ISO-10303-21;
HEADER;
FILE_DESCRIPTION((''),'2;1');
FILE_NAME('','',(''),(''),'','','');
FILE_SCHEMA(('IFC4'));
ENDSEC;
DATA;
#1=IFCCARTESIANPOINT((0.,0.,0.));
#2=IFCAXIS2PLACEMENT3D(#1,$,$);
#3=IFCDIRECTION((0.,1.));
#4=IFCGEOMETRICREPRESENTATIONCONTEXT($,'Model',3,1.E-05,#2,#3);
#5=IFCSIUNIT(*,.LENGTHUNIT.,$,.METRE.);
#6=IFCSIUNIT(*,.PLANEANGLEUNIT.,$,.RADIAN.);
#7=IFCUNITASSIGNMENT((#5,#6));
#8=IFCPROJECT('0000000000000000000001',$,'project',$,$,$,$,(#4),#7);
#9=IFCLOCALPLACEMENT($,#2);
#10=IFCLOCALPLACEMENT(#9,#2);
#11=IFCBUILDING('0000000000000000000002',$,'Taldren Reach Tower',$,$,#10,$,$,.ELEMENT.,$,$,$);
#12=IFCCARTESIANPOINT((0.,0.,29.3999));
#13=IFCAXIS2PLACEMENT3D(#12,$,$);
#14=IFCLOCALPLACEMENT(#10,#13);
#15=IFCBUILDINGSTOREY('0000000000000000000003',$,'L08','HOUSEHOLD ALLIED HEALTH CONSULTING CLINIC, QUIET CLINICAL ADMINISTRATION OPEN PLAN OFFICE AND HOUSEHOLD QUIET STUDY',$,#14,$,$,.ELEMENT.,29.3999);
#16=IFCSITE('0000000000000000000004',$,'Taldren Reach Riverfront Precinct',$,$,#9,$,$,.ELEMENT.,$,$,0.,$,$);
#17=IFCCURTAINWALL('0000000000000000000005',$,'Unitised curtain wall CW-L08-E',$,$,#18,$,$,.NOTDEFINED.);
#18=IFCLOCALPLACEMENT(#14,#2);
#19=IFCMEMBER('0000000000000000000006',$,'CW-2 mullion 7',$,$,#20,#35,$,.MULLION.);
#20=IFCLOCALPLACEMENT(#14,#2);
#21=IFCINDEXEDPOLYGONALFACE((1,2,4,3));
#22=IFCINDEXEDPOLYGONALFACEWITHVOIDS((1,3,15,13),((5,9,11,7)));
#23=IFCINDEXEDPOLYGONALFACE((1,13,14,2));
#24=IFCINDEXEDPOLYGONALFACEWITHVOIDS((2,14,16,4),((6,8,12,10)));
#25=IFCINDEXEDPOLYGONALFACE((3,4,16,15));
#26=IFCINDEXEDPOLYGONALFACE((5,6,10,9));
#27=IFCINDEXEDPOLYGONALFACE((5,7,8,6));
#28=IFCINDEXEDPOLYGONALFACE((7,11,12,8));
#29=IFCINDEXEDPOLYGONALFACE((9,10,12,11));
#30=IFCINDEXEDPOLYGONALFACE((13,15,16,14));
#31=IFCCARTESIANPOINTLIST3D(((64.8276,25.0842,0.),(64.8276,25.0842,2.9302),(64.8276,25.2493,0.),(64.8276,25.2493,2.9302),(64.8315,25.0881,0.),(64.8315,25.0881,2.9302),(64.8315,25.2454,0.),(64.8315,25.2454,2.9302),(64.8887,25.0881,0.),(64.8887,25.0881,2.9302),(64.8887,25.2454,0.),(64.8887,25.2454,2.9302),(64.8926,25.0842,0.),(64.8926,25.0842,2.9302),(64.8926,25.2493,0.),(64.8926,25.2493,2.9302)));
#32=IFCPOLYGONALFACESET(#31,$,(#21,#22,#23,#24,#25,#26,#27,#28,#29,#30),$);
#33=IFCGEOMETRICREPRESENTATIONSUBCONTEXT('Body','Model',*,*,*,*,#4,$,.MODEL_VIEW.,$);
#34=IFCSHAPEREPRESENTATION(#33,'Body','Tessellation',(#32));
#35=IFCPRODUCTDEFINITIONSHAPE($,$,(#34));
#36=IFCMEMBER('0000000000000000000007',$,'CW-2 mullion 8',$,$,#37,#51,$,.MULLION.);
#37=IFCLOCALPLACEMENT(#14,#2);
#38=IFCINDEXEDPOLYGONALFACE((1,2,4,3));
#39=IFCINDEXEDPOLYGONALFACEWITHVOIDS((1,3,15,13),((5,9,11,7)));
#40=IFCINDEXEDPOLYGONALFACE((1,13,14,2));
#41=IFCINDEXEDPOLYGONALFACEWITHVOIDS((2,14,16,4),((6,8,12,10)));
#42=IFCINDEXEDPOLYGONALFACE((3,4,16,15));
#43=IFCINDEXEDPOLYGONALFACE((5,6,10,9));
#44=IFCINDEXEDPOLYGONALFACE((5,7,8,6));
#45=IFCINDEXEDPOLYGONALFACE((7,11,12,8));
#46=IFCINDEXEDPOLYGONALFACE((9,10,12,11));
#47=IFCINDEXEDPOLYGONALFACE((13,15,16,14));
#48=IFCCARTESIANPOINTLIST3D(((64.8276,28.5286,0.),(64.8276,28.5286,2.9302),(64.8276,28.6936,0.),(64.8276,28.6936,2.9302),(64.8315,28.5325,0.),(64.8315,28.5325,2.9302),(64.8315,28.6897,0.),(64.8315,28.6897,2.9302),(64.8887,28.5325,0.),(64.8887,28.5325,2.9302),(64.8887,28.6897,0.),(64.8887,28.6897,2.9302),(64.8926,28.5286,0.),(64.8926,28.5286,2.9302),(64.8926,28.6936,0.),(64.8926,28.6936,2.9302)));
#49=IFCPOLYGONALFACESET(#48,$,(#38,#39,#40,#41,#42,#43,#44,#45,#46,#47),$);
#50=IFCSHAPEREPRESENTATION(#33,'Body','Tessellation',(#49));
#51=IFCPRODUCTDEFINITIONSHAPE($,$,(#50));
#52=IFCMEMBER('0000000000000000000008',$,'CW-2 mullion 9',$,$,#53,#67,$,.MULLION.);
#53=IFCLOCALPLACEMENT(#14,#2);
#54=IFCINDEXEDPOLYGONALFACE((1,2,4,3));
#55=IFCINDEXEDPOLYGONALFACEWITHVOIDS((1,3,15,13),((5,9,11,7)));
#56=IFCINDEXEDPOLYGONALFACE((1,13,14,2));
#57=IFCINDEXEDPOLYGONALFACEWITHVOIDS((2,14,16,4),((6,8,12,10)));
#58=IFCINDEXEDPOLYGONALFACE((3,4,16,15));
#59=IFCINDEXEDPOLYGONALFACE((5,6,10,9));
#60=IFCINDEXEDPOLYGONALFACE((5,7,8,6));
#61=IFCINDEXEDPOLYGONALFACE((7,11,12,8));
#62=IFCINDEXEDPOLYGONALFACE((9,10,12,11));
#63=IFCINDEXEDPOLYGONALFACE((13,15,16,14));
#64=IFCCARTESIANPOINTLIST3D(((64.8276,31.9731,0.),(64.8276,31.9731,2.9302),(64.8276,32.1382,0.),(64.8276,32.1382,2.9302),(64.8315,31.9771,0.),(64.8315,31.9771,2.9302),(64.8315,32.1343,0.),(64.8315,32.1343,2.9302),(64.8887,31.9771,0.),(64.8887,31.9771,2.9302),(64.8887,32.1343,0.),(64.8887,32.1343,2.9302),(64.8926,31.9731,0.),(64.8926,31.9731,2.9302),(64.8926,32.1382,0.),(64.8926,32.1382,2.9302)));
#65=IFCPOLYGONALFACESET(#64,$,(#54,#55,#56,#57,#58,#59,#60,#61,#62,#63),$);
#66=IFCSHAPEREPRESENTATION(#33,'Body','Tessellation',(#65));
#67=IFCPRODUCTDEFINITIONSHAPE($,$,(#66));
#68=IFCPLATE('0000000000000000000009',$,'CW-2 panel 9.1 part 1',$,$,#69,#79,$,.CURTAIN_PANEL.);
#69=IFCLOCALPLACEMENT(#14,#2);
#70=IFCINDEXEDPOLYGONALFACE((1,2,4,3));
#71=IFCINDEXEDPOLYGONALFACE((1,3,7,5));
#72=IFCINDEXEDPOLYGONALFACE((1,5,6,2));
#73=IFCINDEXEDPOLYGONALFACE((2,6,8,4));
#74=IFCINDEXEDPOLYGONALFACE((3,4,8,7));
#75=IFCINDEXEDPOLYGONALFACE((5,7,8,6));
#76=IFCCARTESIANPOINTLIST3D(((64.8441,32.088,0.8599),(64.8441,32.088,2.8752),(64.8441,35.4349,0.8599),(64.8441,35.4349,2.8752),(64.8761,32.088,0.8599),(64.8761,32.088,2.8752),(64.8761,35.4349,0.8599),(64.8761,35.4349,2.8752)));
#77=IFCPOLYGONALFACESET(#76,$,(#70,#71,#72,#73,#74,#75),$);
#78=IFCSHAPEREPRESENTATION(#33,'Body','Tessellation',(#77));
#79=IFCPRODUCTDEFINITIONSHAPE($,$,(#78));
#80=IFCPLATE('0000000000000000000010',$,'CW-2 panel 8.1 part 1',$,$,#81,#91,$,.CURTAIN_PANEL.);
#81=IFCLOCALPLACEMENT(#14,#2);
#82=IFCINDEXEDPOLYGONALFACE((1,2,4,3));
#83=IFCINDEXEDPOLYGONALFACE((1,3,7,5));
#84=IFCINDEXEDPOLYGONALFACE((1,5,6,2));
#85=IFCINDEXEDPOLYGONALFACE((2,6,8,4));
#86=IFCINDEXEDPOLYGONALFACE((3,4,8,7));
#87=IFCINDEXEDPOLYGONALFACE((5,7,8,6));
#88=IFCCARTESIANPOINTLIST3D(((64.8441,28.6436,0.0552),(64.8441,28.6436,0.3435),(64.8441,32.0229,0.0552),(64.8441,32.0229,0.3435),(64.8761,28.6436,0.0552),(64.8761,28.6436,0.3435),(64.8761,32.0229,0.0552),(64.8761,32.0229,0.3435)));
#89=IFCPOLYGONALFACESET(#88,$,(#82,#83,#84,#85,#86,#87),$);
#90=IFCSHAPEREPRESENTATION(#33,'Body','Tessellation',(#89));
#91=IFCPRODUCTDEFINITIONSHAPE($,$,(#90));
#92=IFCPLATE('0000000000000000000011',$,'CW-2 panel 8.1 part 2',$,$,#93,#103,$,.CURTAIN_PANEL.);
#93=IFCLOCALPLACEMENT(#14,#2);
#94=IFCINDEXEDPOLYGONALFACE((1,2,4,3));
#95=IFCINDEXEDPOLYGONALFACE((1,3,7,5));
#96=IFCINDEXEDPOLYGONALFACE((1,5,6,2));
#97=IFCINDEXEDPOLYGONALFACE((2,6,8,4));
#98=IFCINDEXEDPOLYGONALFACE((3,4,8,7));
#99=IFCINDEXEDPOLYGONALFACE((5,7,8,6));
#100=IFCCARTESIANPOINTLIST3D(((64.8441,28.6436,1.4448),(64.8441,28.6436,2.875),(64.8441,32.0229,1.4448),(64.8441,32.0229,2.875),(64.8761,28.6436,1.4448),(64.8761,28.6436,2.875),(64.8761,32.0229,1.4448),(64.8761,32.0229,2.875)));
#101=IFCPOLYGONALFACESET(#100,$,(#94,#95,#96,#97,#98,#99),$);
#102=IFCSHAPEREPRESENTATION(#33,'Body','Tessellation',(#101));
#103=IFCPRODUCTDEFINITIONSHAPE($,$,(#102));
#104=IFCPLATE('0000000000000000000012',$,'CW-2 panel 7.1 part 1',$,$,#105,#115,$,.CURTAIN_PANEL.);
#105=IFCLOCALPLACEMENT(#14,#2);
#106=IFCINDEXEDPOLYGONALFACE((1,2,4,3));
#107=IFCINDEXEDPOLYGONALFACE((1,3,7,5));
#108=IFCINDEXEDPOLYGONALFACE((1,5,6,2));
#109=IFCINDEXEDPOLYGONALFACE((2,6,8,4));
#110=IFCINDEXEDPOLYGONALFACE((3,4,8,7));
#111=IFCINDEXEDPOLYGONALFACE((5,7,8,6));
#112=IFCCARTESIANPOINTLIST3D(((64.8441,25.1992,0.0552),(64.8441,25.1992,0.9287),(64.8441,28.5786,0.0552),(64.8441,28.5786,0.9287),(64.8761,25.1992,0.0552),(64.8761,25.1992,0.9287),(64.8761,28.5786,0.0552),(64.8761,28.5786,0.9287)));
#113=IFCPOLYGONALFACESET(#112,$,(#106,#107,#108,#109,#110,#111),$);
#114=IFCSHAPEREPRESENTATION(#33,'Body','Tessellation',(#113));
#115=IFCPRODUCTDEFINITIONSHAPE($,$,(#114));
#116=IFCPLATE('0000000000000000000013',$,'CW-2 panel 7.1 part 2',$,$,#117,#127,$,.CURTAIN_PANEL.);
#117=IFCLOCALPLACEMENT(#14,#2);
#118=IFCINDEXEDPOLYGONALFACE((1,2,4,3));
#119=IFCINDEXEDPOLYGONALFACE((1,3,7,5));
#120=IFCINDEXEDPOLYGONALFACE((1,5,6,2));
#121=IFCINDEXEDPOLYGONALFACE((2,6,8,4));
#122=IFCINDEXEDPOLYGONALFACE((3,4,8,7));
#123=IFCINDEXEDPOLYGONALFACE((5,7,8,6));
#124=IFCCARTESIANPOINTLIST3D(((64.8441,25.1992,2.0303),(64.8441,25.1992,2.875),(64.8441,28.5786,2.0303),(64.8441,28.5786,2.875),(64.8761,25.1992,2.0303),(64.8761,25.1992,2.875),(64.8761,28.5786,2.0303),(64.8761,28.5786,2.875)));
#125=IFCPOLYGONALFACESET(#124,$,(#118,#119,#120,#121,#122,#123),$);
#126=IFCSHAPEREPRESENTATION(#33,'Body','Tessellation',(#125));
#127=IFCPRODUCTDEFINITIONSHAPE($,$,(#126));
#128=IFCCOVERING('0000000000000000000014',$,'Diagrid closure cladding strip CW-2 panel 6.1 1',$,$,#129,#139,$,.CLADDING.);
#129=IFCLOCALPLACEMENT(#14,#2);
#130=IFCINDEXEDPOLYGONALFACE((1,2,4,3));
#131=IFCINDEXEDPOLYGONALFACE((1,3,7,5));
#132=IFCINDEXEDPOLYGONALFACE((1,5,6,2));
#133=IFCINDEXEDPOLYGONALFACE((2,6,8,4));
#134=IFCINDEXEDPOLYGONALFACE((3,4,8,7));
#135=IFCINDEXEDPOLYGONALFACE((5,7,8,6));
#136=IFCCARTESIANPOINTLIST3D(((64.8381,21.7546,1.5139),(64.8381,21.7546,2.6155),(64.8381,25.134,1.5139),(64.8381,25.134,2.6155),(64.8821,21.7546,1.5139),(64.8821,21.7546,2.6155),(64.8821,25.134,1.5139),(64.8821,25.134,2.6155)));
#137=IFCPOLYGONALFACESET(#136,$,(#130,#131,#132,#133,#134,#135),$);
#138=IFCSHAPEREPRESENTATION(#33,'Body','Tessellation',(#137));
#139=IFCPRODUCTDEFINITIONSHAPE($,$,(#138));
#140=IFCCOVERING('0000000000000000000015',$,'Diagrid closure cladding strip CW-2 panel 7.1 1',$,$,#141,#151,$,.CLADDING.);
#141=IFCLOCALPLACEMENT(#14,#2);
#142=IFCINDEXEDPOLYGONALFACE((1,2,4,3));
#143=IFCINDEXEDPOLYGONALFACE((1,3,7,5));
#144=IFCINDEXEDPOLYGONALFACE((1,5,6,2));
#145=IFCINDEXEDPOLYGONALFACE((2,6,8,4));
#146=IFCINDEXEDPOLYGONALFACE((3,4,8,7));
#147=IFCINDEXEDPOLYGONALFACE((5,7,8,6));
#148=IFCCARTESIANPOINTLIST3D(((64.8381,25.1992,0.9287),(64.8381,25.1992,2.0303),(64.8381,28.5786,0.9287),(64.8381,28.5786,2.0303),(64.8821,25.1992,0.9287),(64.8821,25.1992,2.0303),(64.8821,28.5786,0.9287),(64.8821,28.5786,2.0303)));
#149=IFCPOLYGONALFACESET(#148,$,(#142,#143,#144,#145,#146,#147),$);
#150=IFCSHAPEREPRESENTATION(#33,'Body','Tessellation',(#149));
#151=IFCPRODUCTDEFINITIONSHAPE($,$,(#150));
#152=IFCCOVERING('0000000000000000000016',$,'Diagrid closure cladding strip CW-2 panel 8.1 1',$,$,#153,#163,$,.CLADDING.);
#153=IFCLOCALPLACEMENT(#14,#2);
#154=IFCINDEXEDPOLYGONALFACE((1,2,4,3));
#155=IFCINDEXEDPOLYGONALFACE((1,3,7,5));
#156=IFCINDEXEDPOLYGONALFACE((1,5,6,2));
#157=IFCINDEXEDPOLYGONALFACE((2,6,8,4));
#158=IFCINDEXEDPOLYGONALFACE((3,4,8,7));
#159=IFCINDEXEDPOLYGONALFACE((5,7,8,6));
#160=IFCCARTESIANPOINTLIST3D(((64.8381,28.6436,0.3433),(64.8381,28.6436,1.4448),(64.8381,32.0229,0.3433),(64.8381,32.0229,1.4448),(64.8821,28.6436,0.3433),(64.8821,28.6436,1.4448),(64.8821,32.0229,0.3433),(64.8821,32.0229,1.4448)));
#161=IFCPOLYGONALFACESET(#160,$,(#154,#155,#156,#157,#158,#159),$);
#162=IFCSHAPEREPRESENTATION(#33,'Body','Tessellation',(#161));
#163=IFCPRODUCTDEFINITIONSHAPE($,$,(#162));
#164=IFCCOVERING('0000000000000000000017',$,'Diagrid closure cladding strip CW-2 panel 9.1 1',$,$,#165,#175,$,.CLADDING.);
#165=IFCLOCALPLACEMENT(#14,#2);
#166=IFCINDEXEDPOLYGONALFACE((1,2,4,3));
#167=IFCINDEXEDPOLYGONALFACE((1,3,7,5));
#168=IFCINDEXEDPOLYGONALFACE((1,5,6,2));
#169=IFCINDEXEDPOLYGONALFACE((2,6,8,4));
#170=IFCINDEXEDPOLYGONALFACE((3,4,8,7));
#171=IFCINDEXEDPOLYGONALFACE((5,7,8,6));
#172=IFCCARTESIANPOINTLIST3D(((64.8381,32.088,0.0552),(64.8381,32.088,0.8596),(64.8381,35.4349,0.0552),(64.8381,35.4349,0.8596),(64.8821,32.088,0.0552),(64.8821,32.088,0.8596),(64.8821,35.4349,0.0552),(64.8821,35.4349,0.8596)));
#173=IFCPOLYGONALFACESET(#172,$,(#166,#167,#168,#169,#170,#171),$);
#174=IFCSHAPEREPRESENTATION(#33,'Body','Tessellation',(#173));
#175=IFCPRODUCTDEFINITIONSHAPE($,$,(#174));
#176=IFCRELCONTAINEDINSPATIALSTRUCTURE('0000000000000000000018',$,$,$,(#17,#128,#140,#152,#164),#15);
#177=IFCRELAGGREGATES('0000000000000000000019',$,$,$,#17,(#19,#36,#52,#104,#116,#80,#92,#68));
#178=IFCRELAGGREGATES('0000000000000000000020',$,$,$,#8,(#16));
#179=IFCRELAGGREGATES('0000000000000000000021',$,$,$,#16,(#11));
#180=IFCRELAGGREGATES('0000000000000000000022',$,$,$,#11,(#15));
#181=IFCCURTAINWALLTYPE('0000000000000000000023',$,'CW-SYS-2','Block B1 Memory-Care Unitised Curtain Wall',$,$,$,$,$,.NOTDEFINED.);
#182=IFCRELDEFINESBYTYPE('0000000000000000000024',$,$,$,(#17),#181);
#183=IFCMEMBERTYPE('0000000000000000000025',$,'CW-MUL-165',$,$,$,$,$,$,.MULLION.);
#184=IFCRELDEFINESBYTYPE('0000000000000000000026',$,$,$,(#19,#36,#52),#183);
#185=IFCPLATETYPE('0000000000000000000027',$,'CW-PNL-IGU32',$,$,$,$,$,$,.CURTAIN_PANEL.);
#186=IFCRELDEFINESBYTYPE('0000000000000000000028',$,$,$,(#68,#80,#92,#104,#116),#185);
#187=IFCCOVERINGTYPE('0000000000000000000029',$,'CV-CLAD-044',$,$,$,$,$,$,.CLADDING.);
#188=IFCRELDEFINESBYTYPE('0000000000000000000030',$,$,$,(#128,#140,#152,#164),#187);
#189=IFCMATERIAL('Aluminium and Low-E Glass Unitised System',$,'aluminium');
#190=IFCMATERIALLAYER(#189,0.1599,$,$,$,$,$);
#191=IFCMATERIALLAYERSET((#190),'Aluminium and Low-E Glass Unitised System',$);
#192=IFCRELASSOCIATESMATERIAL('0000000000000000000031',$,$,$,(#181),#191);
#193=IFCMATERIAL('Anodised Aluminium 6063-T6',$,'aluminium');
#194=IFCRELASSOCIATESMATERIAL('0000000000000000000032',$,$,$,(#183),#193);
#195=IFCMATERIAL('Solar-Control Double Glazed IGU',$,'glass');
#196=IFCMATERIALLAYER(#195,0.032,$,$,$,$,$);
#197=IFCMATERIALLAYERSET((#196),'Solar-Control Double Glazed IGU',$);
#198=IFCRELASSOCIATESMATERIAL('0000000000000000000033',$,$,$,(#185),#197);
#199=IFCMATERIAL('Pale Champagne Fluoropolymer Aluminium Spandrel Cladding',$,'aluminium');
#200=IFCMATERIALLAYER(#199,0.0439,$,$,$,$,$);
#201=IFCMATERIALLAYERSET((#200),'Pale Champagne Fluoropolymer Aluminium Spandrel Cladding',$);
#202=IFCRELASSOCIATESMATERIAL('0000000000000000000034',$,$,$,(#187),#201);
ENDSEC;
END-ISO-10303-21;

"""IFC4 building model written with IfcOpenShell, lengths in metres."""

from ifc_helpers import new_model, si_unit, direction, frame, origin, origin_2d, place, context, subcontext, project, spatial, rectangle, hollow_rectangle, extrude, source, transform, mapped, material, layer, layer_set, material_profile, profile_set, type_object, element, aggregate, save


model = new_model("IFC4")

# Units and contexts
model_context = context("Model", 3, precision=1e-05, world=origin(), true_north=direction((0.0, 1.0)))
body_context = subcontext(model_context, "Body", "Model", "MODEL_VIEW")
ifc_project = project(units=[si_unit("LENGTHUNIT", "METRE"), si_unit("PLANEANGLEUNIT", "RADIAN")], contexts=[model_context])

# Site, building, storey
site_placement = place(None, origin())
site = spatial("IfcSite", under=ifc_project, at=site_placement, Name="Taldren Reach Riverfront Precinct", CompositionType="ELEMENT", RefElevation=0.0)
building_placement = place(site_placement, origin())
building = spatial("IfcBuilding", under=site, at=building_placement, Name="Taldren Reach Tower", CompositionType="ELEMENT")
storey_placement = place(building_placement, frame((0.0, 0.0, 29.3999)))
storey = spatial("IfcBuildingStorey", under=building, at=storey_placement, Name="L08", Description="HOUSEHOLD ALLIED HEALTH CONSULTING CLINIC, QUIET CLINICAL ADMINISTRATION OPEN PLAN OFFICE AND HOUSEHOLD QUIET STUDY", CompositionType="ELEMENT", Elevation=29.3999)

# Curtain wall, members, plates
ifc_material_1 = material(Name="Aluminium and Low-E Glass Unitised System", Category="aluminium")
ifc_layer_1 = layer(ifc_material_1, 0.1599)
ifc_layer_set_1 = layer_set([ifc_layer_1], Name="Aluminium and Low-E Glass Unitised System")
curtain_wall_type = type_object("IfcCurtainWallType", Name="CW-SYS-2", Description="Block B1 Memory-Care Unitised Curtain Wall", PredefinedType="NOTDEFINED", material=ifc_layer_set_1)
curtain_wall_placement = place(storey_placement, origin())
curtain_wall = element("IfcCurtainWall", 1, at=curtain_wall_placement, inside=storey, type_object=curtain_wall_type, Name="Unitised curtain wall CW-L08-E", PredefinedType="NOTDEFINED")
ifc_material_2 = material(Name="Anodised Aluminium 6063-T6", Category="aluminium")
ifc_material_profile_1 = material_profile(ifc_material_2, hollow_rectangle(XDim=0.0649, YDim=0.165, WallThickness=0.0039, at=origin_2d()), Name="ALU-165x65x4RHS")
ifc_profile_set_1 = profile_set([ifc_material_profile_1], Name="Anodised Aluminium 6063-T6")
member_type_1 = type_object("IfcMemberType", Name="CW-MUL-165", PredefinedType="MULLION", material=ifc_profile_set_1)
shared_shape_1 = source(origin(), body_context, "Body", "SweptSolid", [
    extrude(hollow_rectangle(XDim=0.0649, YDim=0.165, WallThickness=0.0039, at=origin_2d()), origin(), (0.0, 0.0, 1.0), 2.9302),
])
member_1_placement = place(storey_placement, frame((64.8601, 25.1667, 0.0), z_axis=(0.0, 0.0, 1.0), x_axis=(-1.0, 0.0, 0.0)))
member_1 = element("IfcMember", 2, at=member_1_placement, type_object=member_type_1, Name="CW-2 mullion 7", PredefinedType="MULLION", context=body_context, shape_type="MappedRepresentation", body=[
    mapped(shared_shape_1, transform((0.0, 0.0, 0.0), scale=1.0)),
])
member_2_placement = place(storey_placement, frame((64.8601, 28.6111, 0.0), z_axis=(0.0, 0.0, 1.0), x_axis=(-1.0, 0.0, 0.0)))
member_2 = element("IfcMember", 3, at=member_2_placement, type_object=member_type_1, Name="CW-2 mullion 8", PredefinedType="MULLION", context=body_context, shape_type="MappedRepresentation", body=[
    mapped(shared_shape_1, transform((0.0, 0.0, 0.0), scale=1.0)),
])
member_3_placement = place(storey_placement, frame((64.8601, 32.0557, 0.0), z_axis=(0.0, 0.0, 1.0), x_axis=(-1.0, 0.0, 0.0)))
member_3 = element("IfcMember", 4, at=member_3_placement, type_object=member_type_1, Name="CW-2 mullion 9", PredefinedType="MULLION", context=body_context, shape_type="MappedRepresentation", body=[
    mapped(shared_shape_1, transform((0.0, 0.0, 0.0), scale=1.0)),
])
ifc_material_3 = material(Name="Solar-Control Double Glazed IGU", Category="glass")
ifc_layer_2 = layer(ifc_material_3, 0.032)
ifc_layer_set_2 = layer_set([ifc_layer_2], Name="Solar-Control Double Glazed IGU")
plate_type = type_object("IfcPlateType", Name="CW-PNL-IGU32", PredefinedType="CURTAIN_PANEL", material=ifc_layer_set_2)
shared_shape_2 = source(origin(), body_context, "Body", "SweptSolid", [
    extrude(rectangle(XDim=3.3469, YDim=0.032, at=origin_2d()), origin(), (0.0, 0.0, 1.0), 2.0154),
])
plate_1_placement = place(storey_placement, frame((64.8601, 33.7615, 0.8599), z_axis=(0.0, 0.0, 1.0), x_axis=(0.0, 1.0, 0.0)))
plate_1 = element("IfcPlate", 5, at=plate_1_placement, type_object=plate_type, Name="CW-2 panel 9.1 part 1", PredefinedType="CURTAIN_PANEL", context=body_context, shape_type="MappedRepresentation", body=[
    mapped(shared_shape_2, transform((0.0, 0.0, 0.0), scale=1.0)),
])
shared_shape_3 = source(origin(), body_context, "Body", "SweptSolid", [
    extrude(rectangle(XDim=3.3794, YDim=0.032, at=origin_2d()), origin(), (0.0, 0.0, 1.0), 0.2883),
])
plate_2_placement = place(storey_placement, frame((64.8601, 30.3333, 0.0552), z_axis=(0.0, 0.0, 1.0), x_axis=(0.0, 1.0, 0.0)))
plate_2 = element("IfcPlate", 6, at=plate_2_placement, type_object=plate_type, Name="CW-2 panel 8.1 part 1", PredefinedType="CURTAIN_PANEL", context=body_context, shape_type="MappedRepresentation", body=[
    mapped(shared_shape_3, transform((0.0, 0.0, 0.0), scale=1.0)),
])
shared_shape_4 = source(origin(), body_context, "Body", "SweptSolid", [
    extrude(rectangle(XDim=3.3794, YDim=0.032, at=origin_2d()), origin(), (0.0, 0.0, 1.0), 1.4302),
])
plate_3_placement = place(storey_placement, frame((64.8601, 30.3333, 1.4448), z_axis=(0.0, 0.0, 1.0), x_axis=(0.0, 1.0, 0.0)))
plate_3 = element("IfcPlate", 7, at=plate_3_placement, type_object=plate_type, Name="CW-2 panel 8.1 part 2", PredefinedType="CURTAIN_PANEL", context=body_context, shape_type="MappedRepresentation", body=[
    mapped(shared_shape_4, transform((0.0, 0.0, 0.0), scale=1.0)),
])
shared_shape_5 = source(origin(), body_context, "Body", "SweptSolid", [
    extrude(rectangle(XDim=3.3794, YDim=0.032, at=origin_2d()), origin(), (0.0, 0.0, 1.0), 0.8735),
])
plate_4_placement = place(storey_placement, frame((64.8601, 26.8889, 0.0552), z_axis=(0.0, 0.0, 1.0), x_axis=(0.0, 1.0, 0.0)))
plate_4 = element("IfcPlate", 8, at=plate_4_placement, type_object=plate_type, Name="CW-2 panel 7.1 part 1", PredefinedType="CURTAIN_PANEL", context=body_context, shape_type="MappedRepresentation", body=[
    mapped(shared_shape_5, transform((0.0, 0.0, 0.0), scale=1.0)),
])
shared_shape_6 = source(origin(), body_context, "Body", "SweptSolid", [
    extrude(rectangle(XDim=3.3794, YDim=0.032, at=origin_2d()), origin(), (0.0, 0.0, 1.0), 0.8447),
])
plate_5_placement = place(storey_placement, frame((64.8601, 26.8889, 2.0303), z_axis=(0.0, 0.0, 1.0), x_axis=(0.0, 1.0, 0.0)))
plate_5 = element("IfcPlate", 9, at=plate_5_placement, type_object=plate_type, Name="CW-2 panel 7.1 part 2", PredefinedType="CURTAIN_PANEL", context=body_context, shape_type="MappedRepresentation", body=[
    mapped(shared_shape_6, transform((0.0, 0.0, 0.0), scale=1.0)),
])
aggregate(curtain_wall, [member_1, member_2, member_3, plate_4, plate_5, plate_2, plate_3, plate_1])

# Coverings
ifc_material_4 = material(Name="Pale Champagne Fluoropolymer Aluminium Spandrel Cladding", Category="aluminium")
ifc_layer_3 = layer(ifc_material_4, 0.0439)
ifc_layer_set_3 = layer_set([ifc_layer_3], Name="Pale Champagne Fluoropolymer Aluminium Spandrel Cladding")
covering_type = type_object("IfcCoveringType", Name="CV-CLAD-044", PredefinedType="CLADDING", material=ifc_layer_set_3)
shared_shape_7 = source(origin(), body_context, "Body", "SweptSolid", [
    extrude(rectangle(XDim=3.3794, YDim=0.0439, at=origin_2d()), origin(), (0.0, 0.0, 1.0), 1.1016),
])
for number, where, z_axis, x_axis, name in (
    (10, (64.8601, 23.4443, 1.5139), (0.0, 0.0, 1.0), (0.0, 1.0, 0.0), "Diagrid closure cladding strip CW-2 panel 6.1 1"),
    (11, (64.8601, 26.8889, 0.9287), (0.0, 0.0, 1.0), (0.0, 1.0, 0.0), "Diagrid closure cladding strip CW-2 panel 7.1 1"),
    (12, (64.8601, 30.3333, 0.3433), (0.0, 0.0, 1.0), (0.0, 1.0, 0.0), "Diagrid closure cladding strip CW-2 panel 8.1 1"),
):
    element("IfcCovering", number, at=place(storey_placement, frame(where, z_axis=z_axis, x_axis=x_axis)), inside=storey, type_object=covering_type, Name=name, PredefinedType="CLADDING", context=body_context, shape_type="MappedRepresentation", body=[
        mapped(shared_shape_7, transform((0.0, 0.0, 0.0), scale=1.0)),
    ])
shared_shape_8 = source(origin(), body_context, "Body", "SweptSolid", [
    extrude(rectangle(XDim=3.3469, YDim=0.0439, at=origin_2d()), origin(), (0.0, 0.0, 1.0), 0.8044),
])
covering_placement = place(storey_placement, frame((64.8601, 33.7615, 0.0552), z_axis=(0.0, 0.0, 1.0), x_axis=(0.0, 1.0, 0.0)))
element("IfcCovering", 13, at=covering_placement, inside=storey, type_object=covering_type, Name="Diagrid closure cladding strip CW-2 panel 9.1 1", PredefinedType="CLADDING", context=body_context, shape_type="MappedRepresentation", body=[
    mapped(shared_shape_8, transform((0.0, 0.0, 0.0), scale=1.0)),
])

save(model, "model.ifc")
